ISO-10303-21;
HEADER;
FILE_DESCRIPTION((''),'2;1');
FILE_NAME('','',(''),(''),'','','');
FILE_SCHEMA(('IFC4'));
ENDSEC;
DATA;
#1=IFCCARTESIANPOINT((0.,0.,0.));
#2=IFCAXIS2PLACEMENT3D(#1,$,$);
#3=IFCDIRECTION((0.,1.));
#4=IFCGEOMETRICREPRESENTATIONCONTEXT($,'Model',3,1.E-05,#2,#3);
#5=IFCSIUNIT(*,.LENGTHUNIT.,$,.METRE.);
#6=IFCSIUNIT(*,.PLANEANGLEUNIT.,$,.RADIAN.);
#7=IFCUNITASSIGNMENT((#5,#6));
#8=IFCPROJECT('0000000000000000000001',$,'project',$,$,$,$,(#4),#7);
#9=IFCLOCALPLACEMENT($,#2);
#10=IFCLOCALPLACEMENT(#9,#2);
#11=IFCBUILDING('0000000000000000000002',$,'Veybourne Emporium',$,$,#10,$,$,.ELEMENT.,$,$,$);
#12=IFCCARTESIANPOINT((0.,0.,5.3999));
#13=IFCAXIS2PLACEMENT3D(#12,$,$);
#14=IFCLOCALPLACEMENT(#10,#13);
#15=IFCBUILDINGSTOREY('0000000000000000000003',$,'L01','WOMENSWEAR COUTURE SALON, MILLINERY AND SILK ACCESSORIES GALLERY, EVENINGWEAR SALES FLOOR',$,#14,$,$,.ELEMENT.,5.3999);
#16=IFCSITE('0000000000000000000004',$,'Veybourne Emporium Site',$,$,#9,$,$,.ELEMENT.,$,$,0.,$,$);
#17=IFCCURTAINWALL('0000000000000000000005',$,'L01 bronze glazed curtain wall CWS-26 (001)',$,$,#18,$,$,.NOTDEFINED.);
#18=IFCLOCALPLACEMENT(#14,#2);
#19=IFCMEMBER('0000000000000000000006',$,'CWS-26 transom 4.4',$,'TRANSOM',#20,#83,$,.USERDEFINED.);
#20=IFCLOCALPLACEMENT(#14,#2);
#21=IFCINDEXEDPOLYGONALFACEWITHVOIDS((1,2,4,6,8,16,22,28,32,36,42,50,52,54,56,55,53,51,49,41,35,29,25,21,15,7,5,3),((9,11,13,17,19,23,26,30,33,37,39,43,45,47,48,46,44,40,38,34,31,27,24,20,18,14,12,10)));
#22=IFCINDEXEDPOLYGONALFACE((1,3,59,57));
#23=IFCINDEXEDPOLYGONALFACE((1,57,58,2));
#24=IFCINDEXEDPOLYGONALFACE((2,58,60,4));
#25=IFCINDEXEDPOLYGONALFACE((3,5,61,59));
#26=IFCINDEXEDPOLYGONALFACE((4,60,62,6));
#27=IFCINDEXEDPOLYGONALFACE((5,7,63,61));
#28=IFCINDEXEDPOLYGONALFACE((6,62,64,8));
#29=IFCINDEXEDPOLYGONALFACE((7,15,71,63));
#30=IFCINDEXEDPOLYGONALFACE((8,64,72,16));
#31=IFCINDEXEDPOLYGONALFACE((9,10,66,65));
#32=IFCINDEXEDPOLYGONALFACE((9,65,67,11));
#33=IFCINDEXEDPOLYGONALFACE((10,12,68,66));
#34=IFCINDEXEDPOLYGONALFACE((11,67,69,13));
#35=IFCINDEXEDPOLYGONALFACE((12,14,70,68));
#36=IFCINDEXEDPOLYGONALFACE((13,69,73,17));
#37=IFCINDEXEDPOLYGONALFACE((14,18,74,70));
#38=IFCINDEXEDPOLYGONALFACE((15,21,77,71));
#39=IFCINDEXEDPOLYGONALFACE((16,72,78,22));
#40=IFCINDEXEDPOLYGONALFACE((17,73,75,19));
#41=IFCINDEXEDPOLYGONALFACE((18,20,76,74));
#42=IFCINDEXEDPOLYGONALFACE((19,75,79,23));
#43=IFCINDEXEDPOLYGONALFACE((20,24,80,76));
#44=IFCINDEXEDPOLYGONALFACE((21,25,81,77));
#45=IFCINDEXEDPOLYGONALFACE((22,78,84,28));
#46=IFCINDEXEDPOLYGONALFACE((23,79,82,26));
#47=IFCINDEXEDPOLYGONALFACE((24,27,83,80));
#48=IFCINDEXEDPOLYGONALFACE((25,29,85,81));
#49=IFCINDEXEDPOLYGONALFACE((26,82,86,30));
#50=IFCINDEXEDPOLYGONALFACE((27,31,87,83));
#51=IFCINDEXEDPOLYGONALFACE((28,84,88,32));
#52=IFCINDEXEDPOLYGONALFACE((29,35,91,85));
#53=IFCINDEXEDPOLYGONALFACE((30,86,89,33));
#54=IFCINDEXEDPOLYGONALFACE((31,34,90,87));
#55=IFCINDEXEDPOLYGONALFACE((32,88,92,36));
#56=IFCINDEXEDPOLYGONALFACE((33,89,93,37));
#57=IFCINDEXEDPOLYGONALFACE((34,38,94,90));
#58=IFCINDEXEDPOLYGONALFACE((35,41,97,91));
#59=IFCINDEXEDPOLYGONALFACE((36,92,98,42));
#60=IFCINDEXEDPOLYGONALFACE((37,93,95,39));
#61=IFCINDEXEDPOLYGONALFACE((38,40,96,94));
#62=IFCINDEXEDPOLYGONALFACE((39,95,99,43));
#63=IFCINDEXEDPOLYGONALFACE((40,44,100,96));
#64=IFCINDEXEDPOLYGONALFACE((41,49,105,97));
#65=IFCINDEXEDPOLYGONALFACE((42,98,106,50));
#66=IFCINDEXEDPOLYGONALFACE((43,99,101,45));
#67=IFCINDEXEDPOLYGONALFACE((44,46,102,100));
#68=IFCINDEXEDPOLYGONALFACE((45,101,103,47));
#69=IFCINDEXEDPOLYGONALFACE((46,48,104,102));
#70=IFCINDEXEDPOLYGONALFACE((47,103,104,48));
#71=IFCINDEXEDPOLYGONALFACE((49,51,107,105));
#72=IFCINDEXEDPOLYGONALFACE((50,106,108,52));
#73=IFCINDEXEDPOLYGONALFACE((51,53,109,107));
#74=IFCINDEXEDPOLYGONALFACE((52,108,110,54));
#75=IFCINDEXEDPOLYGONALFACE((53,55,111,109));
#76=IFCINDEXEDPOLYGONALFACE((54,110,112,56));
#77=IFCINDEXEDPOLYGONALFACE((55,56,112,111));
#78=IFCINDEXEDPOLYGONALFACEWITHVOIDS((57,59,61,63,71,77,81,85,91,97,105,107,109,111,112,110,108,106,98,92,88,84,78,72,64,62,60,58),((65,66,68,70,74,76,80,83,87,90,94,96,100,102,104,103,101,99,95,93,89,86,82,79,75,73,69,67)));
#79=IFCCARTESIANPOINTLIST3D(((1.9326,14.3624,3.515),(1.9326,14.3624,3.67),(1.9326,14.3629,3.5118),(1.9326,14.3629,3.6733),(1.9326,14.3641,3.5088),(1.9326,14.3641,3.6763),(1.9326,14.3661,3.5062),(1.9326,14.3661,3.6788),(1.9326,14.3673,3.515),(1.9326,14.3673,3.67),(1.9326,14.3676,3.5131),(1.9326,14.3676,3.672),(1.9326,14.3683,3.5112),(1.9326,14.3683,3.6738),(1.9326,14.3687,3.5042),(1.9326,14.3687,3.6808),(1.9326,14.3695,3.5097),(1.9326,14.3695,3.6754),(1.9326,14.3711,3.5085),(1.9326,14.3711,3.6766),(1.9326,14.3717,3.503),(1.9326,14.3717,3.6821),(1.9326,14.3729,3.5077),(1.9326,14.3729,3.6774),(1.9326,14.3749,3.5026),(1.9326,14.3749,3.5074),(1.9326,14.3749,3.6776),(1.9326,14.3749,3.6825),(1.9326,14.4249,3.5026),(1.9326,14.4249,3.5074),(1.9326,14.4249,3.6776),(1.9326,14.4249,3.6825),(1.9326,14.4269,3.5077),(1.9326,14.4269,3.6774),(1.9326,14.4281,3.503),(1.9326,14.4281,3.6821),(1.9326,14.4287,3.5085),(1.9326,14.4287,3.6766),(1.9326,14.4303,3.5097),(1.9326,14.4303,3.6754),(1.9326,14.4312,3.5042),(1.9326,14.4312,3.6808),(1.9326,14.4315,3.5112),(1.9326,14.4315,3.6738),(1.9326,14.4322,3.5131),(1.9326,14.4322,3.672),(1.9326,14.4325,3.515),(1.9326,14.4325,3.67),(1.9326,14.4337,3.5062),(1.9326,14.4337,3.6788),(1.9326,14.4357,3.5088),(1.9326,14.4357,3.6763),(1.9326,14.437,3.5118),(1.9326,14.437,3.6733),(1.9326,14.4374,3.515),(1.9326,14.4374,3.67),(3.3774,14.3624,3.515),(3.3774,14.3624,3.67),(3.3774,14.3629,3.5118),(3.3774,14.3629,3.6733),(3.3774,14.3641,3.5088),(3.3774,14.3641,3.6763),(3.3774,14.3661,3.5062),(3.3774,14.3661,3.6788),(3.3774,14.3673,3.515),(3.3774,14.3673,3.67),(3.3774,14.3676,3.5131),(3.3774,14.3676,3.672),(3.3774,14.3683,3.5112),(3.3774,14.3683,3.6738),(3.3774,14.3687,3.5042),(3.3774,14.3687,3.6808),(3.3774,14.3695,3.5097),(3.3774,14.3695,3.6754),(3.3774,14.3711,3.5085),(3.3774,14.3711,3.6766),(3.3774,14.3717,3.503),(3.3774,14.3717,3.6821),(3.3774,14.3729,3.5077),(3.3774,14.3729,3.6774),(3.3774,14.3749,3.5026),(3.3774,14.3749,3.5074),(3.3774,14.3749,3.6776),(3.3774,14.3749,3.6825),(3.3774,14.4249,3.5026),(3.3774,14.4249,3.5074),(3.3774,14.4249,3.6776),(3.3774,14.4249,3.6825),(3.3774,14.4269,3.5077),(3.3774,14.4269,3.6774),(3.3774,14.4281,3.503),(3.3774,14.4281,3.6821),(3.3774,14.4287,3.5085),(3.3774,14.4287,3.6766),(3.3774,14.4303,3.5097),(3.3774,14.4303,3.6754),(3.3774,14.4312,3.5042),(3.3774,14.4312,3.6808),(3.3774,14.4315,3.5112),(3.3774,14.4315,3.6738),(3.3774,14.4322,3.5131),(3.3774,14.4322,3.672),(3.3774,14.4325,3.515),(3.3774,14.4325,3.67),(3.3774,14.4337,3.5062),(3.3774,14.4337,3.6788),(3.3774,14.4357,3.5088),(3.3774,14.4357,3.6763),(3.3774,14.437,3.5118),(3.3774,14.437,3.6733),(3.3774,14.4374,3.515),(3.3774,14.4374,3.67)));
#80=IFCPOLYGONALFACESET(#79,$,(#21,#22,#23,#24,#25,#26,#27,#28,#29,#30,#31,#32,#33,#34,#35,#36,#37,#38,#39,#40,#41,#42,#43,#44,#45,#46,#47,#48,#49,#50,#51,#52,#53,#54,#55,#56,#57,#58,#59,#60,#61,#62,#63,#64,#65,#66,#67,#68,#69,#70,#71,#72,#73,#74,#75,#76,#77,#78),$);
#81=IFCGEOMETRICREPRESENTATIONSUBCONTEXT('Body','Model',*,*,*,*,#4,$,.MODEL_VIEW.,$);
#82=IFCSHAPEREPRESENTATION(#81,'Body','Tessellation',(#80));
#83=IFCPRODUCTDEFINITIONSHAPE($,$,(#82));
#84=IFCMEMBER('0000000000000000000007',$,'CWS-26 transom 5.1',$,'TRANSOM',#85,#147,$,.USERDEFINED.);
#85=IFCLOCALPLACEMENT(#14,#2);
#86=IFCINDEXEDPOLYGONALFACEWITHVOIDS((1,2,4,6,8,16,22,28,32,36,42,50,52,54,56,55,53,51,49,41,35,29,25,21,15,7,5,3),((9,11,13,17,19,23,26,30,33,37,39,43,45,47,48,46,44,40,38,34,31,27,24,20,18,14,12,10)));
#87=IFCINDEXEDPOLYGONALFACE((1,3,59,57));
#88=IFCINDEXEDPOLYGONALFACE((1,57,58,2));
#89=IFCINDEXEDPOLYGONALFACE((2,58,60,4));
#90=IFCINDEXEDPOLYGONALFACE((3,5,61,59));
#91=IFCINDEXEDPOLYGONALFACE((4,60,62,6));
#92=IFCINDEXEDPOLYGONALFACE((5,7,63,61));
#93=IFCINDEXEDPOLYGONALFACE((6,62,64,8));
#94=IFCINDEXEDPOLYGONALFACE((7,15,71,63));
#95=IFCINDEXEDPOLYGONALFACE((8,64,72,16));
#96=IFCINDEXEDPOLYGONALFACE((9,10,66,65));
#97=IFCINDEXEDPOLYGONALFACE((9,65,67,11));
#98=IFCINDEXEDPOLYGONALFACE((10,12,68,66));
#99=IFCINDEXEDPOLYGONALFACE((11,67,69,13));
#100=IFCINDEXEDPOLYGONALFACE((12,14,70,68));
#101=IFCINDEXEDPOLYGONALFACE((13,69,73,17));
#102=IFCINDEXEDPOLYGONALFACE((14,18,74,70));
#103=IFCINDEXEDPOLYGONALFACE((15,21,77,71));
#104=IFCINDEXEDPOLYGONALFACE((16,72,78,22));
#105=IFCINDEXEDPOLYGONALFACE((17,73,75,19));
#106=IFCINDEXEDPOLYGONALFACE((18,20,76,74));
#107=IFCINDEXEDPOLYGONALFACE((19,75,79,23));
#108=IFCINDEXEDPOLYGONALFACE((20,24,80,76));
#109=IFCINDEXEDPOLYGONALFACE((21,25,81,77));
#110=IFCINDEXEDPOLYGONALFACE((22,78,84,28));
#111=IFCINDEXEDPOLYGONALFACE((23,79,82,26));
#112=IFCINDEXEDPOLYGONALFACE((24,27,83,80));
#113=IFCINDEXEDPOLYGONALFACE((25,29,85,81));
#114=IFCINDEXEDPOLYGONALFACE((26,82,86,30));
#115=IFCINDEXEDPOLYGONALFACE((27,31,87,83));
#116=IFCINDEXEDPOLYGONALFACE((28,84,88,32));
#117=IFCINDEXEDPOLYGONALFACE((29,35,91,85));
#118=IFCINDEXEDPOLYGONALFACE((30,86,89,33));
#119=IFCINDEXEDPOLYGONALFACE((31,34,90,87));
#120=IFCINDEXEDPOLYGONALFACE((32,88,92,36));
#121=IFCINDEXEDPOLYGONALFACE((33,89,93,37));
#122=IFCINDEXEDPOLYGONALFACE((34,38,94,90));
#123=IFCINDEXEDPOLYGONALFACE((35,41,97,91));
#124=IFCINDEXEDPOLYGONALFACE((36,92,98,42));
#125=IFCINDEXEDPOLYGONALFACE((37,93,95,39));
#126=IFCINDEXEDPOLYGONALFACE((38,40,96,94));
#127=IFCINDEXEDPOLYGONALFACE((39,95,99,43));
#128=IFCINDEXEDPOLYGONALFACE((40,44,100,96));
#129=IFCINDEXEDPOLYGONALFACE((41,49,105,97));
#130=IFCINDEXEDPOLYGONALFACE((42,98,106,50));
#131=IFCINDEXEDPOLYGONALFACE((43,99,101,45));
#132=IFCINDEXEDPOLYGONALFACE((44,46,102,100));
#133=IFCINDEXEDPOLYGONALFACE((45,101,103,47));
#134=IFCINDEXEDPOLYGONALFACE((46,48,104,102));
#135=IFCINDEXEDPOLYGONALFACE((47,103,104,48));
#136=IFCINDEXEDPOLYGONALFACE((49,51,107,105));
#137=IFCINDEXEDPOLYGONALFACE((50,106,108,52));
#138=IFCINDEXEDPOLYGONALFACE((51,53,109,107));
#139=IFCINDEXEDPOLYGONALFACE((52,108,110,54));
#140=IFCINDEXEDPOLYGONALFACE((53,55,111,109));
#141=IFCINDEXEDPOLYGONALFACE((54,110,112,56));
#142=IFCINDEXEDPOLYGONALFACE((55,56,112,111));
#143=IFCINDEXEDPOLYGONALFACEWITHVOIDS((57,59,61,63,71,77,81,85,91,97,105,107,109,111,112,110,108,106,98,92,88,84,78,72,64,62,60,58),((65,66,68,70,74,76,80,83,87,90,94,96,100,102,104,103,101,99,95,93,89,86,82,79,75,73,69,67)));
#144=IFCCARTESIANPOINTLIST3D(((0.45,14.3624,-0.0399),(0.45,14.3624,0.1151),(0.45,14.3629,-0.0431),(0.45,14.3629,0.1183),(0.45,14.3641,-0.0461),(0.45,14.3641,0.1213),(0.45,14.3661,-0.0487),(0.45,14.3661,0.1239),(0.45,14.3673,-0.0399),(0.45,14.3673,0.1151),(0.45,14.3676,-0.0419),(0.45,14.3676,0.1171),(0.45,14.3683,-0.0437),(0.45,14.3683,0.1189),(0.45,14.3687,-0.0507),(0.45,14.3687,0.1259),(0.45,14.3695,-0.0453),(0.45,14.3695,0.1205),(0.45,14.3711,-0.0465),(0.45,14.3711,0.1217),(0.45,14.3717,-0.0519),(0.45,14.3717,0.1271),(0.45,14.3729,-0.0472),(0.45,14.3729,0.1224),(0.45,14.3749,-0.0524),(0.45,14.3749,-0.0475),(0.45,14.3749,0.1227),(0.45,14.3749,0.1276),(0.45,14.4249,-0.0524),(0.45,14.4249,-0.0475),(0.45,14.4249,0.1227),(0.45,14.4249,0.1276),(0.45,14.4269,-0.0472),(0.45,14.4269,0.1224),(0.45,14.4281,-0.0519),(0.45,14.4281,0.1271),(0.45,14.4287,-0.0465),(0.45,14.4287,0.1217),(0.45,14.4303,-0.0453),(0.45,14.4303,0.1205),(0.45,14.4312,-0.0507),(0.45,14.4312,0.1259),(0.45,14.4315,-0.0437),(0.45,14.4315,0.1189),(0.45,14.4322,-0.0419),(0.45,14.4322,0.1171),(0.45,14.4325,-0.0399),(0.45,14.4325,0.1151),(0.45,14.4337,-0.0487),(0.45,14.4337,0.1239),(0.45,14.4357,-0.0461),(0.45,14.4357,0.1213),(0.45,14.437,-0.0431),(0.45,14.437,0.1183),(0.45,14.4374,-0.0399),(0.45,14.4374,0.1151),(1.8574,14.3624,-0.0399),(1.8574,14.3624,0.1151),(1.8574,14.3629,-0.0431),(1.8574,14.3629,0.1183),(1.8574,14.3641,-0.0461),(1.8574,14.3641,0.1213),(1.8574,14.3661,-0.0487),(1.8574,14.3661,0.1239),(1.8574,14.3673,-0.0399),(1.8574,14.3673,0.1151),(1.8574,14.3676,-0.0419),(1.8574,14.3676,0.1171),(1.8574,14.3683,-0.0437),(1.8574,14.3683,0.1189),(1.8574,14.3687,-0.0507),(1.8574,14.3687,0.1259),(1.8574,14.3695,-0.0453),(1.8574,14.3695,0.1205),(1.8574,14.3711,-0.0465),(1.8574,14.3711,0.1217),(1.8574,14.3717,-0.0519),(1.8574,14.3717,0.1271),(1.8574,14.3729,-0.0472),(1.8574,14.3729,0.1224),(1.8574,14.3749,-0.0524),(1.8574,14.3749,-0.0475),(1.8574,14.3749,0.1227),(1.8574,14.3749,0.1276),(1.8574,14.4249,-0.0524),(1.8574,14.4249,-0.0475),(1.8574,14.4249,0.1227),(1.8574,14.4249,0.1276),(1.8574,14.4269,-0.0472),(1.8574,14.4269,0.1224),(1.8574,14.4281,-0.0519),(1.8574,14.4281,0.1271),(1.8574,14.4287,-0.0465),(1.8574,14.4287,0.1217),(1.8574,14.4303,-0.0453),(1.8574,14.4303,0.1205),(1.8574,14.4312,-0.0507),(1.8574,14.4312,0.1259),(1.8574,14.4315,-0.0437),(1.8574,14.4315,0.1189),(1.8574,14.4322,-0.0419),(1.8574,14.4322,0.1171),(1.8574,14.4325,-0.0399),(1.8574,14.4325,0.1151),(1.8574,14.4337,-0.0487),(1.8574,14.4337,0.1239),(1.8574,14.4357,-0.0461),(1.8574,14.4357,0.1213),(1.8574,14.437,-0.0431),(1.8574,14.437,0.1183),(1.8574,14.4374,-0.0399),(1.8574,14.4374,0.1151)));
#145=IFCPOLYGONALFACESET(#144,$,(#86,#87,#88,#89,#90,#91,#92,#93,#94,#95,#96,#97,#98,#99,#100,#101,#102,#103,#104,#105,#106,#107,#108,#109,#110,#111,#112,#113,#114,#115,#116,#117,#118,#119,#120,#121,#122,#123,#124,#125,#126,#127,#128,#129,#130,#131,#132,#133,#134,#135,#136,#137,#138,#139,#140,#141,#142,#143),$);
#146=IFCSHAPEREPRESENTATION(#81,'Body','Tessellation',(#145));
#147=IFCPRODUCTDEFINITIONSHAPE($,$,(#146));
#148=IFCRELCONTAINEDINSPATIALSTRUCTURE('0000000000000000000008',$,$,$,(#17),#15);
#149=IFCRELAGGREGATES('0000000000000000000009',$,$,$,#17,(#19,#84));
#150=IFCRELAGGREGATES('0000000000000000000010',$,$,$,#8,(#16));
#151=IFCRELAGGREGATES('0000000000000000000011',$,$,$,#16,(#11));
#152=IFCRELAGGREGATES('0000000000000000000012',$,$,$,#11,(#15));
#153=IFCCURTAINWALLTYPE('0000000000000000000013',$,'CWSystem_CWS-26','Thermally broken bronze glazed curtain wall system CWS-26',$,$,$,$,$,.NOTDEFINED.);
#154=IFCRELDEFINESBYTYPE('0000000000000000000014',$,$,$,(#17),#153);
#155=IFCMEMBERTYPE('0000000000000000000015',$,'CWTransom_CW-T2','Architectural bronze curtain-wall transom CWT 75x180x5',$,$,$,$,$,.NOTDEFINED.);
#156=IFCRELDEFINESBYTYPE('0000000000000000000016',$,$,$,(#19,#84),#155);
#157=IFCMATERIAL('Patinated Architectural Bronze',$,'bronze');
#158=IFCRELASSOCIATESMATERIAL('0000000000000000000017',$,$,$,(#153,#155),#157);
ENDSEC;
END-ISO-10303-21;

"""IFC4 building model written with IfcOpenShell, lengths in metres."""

from ifc_helpers import new_model, si_unit, direction, frame, origin, origin_2d, place, context, subcontext, project, spatial, hollow_rectangle, extrude, material, material_profile, profile_set, type_object, element, aggregate, save


model = new_model("IFC4")

# Units and contexts
model_context = context("Model", 3, precision=1e-05, world=origin(), true_north=direction((0.0, 1.0)))
body_context = subcontext(model_context, "Body", "Model", "MODEL_VIEW")
ifc_project = project(units=[si_unit("LENGTHUNIT", "METRE"), si_unit("PLANEANGLEUNIT", "RADIAN")], contexts=[model_context])

# Site, building, storey
site_placement = place(None, origin())
site = spatial("IfcSite", under=ifc_project, at=site_placement, Name="Veybourne Emporium Site", CompositionType="ELEMENT", RefElevation=0.0)
building_placement = place(site_placement, origin())
building = spatial("IfcBuilding", under=site, at=building_placement, Name="Veybourne Emporium", CompositionType="ELEMENT")
storey_placement = place(building_placement, frame((0.0, 0.0, 5.3999)))
storey = spatial("IfcBuildingStorey", under=building, at=storey_placement, Name="L01", Description="WOMENSWEAR COUTURE SALON, MILLINERY AND SILK ACCESSORIES GALLERY, EVENINGWEAR SALES FLOOR", CompositionType="ELEMENT", Elevation=5.3999)

# Curtain wall, members
ifc_material_1 = material(Name="Patinated Architectural Bronze", Category="bronze")
curtain_wall_type = type_object("IfcCurtainWallType", Name="CWSystem_CWS-26", Description="Thermally broken bronze glazed curtain wall system CWS-26", PredefinedType="NOTDEFINED", material=ifc_material_1)
curtain_wall_placement = place(storey_placement, origin())
curtain_wall = element("IfcCurtainWall", 1, at=curtain_wall_placement, inside=storey, type_object=curtain_wall_type, Name="L01 bronze glazed curtain wall CWS-26 (001)", PredefinedType="NOTDEFINED")
ifc_material_profile_1 = material_profile(ifc_material_1, hollow_rectangle(XDim=0.075, YDim=0.1799, WallThickness=0.0049, InnerFilletRadius=0.0076, OuterFilletRadius=0.0125, at=origin_2d()), Name="CWT 75x180x5")
ifc_profile_set_1 = profile_set([ifc_material_profile_1], Name="Patinated Architectural Bronze")
member_type_1 = type_object("IfcMemberType", Name="CWTransom_CW-T2", Description="Architectural bronze curtain-wall transom CWT 75x180x5", PredefinedType="NOTDEFINED", material=ifc_profile_set_1)
member_1_placement = place(storey_placement, frame((3.3774, 14.3999, 3.5925), z_axis=(-1.0, 0.0, 0.0), x_axis=(0.0, -1.0, 0.0)))
member_1 = element("IfcMember", 2, at=member_1_placement, type_object=member_type_1, Name="CWS-26 transom 4.4", ObjectType="TRANSOM", PredefinedType="USERDEFINED", context=body_context, shape_type="SweptSolid", body=[
    extrude(hollow_rectangle(XDim=0.075, YDim=0.1799, WallThickness=0.0049, InnerFilletRadius=0.0076, OuterFilletRadius=0.0125, at=origin_2d()), origin(), (0.0, 0.0, 1.0), 1.4448),
])
member_2_placement = place(storey_placement, frame((1.8574, 14.3999, 0.0376), z_axis=(-1.0, 0.0, 0.0), x_axis=(0.0, -1.0, 0.0)))
member_2 = element("IfcMember", 3, at=member_2_placement, type_object=member_type_1, Name="CWS-26 transom 5.1", ObjectType="TRANSOM", PredefinedType="USERDEFINED", context=body_context, shape_type="SweptSolid", body=[
    extrude(hollow_rectangle(XDim=0.075, YDim=0.1799, WallThickness=0.0049, InnerFilletRadius=0.0076, OuterFilletRadius=0.0125, at=origin_2d()), origin(), (0.0, 0.0, 1.0), 1.4075),
])

aggregate(curtain_wall, [member_1, member_2])

save(model, "model.ifc")
